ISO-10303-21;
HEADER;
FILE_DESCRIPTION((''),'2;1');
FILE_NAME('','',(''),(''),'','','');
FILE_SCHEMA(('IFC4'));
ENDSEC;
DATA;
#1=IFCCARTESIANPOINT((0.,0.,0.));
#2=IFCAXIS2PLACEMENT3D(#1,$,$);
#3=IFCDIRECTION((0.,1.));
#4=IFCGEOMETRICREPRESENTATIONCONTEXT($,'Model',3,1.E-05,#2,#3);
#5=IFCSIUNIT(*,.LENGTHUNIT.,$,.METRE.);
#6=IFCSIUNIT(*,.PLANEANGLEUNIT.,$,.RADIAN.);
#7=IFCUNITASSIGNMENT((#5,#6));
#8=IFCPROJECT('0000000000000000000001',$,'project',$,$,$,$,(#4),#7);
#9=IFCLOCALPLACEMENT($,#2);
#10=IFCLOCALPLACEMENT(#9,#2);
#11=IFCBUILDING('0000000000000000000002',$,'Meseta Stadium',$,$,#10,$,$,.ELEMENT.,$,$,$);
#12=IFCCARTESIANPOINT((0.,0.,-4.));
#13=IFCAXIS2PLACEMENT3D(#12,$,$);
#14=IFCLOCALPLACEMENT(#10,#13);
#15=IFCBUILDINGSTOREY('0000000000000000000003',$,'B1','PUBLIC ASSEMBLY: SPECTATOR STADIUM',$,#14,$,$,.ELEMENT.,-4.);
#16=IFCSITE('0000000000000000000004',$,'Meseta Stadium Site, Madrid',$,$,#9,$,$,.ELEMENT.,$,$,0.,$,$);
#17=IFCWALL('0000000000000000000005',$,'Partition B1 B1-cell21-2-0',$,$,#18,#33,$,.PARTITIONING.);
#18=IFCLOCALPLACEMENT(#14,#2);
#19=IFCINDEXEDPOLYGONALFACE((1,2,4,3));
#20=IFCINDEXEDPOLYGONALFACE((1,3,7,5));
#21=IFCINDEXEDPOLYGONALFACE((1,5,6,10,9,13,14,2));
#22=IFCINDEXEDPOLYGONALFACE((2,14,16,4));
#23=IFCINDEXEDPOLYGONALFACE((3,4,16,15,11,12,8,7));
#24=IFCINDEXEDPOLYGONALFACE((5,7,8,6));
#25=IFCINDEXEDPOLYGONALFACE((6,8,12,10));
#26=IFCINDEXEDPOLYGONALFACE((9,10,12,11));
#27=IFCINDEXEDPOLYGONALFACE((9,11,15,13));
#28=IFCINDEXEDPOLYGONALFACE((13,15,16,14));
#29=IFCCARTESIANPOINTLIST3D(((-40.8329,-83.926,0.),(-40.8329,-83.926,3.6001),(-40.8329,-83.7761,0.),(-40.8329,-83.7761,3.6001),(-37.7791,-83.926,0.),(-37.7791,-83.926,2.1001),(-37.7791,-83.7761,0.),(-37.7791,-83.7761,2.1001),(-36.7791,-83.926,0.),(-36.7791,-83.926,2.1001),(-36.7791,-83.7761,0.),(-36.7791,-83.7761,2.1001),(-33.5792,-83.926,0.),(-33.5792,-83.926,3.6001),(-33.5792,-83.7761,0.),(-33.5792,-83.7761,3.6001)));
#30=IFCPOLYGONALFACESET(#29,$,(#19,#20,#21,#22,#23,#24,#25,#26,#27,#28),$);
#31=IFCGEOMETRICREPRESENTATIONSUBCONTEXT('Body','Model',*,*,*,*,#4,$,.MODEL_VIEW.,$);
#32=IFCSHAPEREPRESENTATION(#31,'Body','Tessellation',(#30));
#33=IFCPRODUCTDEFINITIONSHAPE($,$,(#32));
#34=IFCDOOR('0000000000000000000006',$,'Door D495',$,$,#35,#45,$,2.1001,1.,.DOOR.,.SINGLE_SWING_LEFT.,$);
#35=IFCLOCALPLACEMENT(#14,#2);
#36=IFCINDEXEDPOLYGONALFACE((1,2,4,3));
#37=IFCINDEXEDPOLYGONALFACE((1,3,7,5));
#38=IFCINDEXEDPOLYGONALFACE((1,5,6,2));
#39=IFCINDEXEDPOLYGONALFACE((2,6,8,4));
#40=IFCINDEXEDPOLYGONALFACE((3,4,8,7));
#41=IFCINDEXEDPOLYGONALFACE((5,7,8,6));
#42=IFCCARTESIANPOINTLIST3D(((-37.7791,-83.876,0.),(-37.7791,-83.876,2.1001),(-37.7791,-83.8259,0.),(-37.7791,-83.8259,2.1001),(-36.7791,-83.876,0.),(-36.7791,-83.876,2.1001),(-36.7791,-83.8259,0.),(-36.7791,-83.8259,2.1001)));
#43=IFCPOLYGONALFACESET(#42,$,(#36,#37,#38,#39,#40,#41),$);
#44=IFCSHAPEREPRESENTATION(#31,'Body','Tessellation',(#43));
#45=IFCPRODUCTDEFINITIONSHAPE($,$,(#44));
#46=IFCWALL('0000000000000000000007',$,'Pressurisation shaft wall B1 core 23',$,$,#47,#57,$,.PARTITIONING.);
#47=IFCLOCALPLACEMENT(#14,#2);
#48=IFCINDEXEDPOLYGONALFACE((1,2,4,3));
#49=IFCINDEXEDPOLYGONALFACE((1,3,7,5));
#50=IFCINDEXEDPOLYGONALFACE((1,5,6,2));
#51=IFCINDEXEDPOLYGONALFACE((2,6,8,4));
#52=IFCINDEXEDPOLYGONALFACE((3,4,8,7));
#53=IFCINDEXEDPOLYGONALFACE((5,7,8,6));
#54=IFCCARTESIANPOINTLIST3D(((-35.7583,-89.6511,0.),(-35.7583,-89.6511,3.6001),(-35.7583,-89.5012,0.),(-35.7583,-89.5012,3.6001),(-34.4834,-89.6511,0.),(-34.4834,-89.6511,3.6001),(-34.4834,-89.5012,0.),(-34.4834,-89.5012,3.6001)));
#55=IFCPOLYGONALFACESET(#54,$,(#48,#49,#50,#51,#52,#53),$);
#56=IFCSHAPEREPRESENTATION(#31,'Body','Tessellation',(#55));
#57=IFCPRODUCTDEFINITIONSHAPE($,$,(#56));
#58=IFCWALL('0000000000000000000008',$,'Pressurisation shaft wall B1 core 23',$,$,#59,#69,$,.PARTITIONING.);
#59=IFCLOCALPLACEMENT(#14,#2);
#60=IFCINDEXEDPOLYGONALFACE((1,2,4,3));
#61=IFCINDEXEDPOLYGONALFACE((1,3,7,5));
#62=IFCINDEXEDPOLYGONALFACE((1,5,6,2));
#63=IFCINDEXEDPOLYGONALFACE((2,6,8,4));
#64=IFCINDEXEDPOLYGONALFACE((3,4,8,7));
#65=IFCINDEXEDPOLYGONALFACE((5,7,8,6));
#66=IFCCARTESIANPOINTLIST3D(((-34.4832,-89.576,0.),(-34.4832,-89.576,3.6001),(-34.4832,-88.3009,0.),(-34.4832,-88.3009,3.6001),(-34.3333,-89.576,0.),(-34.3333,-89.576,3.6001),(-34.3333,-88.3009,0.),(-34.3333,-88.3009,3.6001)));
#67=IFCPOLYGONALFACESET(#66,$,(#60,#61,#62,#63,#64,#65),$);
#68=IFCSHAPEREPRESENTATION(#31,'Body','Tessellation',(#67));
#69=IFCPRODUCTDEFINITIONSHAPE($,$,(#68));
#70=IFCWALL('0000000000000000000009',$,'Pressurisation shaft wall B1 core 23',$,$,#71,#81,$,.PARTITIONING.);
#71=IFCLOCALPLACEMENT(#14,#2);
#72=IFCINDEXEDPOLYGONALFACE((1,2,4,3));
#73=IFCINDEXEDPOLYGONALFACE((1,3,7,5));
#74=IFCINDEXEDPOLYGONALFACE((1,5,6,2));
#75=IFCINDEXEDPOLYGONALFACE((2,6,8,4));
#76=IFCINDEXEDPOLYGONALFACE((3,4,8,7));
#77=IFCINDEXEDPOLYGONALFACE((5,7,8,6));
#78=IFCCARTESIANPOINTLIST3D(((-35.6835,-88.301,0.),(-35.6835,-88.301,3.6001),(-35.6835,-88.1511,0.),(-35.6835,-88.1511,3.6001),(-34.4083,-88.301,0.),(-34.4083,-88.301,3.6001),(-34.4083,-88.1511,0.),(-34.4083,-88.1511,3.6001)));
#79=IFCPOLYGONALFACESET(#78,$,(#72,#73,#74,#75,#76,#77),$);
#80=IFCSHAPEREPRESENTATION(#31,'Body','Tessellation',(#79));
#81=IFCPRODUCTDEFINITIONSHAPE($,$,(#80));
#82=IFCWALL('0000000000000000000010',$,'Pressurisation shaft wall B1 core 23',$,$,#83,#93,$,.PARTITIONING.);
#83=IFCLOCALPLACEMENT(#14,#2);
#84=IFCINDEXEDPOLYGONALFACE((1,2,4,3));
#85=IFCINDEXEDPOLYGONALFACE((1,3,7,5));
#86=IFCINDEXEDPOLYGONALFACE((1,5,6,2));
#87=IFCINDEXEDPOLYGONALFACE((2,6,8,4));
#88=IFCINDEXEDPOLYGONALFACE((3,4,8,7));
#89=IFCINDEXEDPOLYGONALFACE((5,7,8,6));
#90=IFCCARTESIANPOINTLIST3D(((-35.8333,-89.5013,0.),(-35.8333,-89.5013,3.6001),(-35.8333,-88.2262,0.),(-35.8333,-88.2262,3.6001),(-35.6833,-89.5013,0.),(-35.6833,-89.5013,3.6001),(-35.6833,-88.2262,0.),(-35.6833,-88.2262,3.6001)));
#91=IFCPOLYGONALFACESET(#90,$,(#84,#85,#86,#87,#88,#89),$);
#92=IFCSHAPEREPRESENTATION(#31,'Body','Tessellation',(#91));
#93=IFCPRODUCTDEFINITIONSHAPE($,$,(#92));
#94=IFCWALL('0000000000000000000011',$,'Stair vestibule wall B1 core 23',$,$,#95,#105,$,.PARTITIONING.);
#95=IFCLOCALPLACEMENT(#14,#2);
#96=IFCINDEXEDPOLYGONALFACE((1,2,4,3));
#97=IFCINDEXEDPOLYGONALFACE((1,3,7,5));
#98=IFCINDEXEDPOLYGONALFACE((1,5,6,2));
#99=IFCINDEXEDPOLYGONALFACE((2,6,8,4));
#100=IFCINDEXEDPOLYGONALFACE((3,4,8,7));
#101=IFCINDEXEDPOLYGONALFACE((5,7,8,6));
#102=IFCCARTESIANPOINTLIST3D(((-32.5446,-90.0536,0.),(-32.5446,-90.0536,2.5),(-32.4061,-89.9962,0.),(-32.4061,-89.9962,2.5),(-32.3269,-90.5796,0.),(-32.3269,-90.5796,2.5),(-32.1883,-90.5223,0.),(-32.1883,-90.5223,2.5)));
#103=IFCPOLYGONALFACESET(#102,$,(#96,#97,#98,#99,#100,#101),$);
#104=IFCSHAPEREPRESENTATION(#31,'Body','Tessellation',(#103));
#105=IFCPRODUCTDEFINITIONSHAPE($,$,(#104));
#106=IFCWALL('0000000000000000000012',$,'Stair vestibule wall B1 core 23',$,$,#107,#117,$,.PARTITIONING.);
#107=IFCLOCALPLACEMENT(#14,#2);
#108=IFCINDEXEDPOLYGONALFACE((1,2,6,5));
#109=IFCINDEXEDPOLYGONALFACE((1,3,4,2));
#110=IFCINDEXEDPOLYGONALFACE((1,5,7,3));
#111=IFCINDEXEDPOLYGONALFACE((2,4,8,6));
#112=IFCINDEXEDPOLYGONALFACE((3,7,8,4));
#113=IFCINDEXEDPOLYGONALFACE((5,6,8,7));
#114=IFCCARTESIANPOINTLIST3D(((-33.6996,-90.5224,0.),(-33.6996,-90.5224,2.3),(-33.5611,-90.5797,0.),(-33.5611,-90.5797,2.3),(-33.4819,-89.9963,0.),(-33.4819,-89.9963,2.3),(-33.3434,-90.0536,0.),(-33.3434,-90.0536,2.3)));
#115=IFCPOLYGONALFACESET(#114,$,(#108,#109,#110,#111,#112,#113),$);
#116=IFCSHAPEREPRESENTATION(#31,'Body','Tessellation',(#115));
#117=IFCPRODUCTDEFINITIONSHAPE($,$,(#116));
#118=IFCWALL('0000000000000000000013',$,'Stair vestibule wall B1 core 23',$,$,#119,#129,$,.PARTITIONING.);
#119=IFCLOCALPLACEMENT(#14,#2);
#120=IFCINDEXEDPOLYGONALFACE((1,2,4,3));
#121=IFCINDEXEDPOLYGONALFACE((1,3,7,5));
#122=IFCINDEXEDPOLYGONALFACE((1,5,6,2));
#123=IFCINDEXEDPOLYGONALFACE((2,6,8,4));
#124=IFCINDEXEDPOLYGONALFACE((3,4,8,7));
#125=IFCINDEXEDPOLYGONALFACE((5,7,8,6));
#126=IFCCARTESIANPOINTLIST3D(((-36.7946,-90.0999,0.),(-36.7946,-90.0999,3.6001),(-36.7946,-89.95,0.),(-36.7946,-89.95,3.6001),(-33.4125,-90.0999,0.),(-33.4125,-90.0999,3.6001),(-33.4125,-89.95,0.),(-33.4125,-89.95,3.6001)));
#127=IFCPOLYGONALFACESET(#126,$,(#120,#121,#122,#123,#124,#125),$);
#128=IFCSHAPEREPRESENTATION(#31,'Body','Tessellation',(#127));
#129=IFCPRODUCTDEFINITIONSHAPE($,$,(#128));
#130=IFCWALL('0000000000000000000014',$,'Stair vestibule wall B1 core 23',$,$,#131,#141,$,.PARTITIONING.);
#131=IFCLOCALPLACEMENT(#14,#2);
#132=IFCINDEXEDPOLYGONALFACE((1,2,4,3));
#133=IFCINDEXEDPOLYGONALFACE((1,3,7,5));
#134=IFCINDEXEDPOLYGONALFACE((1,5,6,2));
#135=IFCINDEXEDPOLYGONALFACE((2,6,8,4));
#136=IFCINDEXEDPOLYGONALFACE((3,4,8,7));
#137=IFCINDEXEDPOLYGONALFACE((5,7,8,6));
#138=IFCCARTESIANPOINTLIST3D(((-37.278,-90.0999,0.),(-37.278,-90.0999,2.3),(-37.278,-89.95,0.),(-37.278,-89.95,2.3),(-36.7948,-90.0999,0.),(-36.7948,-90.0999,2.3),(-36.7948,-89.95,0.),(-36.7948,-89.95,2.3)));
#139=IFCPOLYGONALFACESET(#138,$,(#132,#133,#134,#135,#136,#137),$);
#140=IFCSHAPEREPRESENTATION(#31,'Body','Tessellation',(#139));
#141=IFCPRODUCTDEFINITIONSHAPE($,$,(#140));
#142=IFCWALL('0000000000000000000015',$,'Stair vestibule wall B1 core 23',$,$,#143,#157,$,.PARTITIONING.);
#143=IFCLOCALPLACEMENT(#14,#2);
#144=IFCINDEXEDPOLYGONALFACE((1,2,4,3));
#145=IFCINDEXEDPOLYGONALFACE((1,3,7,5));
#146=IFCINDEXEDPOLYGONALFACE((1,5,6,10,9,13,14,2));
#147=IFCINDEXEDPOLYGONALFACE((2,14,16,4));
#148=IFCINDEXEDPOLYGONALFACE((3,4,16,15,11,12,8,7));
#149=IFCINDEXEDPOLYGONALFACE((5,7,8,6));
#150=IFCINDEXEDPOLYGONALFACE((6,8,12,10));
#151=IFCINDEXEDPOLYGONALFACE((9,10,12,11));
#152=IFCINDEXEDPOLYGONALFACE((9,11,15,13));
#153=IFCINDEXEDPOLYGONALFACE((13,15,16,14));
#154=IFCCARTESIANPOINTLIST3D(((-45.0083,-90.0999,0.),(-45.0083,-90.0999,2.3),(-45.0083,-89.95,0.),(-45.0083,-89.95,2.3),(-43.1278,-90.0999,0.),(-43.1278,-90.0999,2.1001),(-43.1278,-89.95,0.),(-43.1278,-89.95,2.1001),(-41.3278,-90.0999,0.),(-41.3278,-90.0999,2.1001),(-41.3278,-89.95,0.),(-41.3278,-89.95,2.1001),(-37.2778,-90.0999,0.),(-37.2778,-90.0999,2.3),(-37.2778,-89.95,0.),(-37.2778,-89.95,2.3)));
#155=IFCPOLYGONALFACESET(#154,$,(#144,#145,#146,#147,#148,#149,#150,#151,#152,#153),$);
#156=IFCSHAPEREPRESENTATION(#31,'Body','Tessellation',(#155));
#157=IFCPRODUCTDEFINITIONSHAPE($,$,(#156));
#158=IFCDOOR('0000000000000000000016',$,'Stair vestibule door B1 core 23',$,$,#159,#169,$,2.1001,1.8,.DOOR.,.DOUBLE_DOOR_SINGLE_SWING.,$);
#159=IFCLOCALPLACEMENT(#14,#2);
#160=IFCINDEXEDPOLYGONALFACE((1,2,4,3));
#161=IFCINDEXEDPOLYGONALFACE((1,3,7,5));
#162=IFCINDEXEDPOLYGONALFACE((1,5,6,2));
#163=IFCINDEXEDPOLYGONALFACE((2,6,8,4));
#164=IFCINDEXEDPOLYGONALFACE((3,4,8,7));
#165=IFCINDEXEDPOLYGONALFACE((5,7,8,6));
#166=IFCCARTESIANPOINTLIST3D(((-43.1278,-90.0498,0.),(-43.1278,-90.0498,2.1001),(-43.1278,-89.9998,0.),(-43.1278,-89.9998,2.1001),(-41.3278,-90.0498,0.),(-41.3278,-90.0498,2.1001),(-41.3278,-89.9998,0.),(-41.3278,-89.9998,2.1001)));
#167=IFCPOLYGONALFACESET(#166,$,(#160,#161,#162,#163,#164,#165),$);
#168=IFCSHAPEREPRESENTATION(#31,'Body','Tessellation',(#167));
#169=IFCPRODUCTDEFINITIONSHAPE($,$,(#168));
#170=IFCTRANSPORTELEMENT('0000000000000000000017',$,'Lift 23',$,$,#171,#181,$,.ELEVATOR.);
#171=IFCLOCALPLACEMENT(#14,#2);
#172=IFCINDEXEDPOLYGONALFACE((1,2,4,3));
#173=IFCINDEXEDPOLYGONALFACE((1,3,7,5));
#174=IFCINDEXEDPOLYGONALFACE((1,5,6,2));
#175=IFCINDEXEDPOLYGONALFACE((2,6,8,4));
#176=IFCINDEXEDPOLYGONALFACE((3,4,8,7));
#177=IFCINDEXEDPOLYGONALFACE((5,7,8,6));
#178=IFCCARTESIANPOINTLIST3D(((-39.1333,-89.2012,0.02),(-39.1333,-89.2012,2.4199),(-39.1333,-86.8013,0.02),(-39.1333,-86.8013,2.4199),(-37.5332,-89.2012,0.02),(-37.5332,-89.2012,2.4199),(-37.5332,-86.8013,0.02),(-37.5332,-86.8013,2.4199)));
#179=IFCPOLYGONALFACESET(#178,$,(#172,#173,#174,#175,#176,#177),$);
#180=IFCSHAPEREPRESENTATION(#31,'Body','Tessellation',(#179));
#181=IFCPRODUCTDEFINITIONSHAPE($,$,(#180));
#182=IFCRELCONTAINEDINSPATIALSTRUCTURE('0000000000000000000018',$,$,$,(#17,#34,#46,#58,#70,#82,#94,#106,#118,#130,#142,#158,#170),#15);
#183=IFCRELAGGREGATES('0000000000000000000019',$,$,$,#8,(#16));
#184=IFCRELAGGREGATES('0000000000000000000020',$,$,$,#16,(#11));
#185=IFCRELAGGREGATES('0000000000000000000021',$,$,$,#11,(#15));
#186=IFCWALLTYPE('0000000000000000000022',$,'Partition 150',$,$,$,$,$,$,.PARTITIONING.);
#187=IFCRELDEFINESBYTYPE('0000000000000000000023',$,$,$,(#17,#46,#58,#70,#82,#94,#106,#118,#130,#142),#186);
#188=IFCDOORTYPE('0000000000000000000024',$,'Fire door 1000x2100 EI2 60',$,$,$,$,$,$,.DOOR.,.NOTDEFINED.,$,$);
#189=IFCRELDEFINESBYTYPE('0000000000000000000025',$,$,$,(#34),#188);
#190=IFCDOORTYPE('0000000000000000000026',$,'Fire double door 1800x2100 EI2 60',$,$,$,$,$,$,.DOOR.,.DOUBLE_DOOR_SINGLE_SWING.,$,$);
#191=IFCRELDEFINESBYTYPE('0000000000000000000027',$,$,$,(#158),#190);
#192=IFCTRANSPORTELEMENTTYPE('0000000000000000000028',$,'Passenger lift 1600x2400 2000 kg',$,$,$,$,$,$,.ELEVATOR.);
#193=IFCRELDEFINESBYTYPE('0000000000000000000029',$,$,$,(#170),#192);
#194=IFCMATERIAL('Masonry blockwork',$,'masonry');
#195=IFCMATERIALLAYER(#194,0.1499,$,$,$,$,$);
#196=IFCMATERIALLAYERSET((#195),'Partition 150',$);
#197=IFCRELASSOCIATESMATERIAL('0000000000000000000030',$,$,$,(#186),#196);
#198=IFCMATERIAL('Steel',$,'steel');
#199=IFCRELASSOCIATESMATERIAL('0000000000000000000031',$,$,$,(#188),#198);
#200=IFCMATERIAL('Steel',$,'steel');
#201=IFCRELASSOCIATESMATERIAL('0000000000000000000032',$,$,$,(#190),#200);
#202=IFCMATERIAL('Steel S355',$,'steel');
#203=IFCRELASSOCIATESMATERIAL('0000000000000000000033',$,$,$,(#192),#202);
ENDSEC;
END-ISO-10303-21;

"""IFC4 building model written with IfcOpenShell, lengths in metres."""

from ifc_helpers import new_model, si_unit, direction, frame, frame_2d, origin, origin_2d, place, context, subcontext, project, spatial, rectangle, extrude, material, layer, layer_set, type_object, element, fill, save


model = new_model("IFC4")

# Units and contexts
model_context = context("Model", 3, precision=1e-05, world=origin(), true_north=direction((0.0, 1.0)))
body_context = subcontext(model_context, "Body", "Model", "MODEL_VIEW")
ifc_project = project(units=[si_unit("LENGTHUNIT", "METRE"), si_unit("PLANEANGLEUNIT", "RADIAN")], contexts=[model_context])

# Site, building, storey
site_placement = place(None, origin())
site = spatial("IfcSite", under=ifc_project, at=site_placement, Name="Meseta Stadium Site, Madrid", CompositionType="ELEMENT", RefElevation=0.0)
building_placement = place(site_placement, origin())
building = spatial("IfcBuilding", under=site, at=building_placement, Name="Meseta Stadium", CompositionType="ELEMENT")
storey_placement = place(building_placement, frame((0.0, 0.0, -4.0)))
storey = spatial("IfcBuildingStorey", under=building, at=storey_placement, Name="B1", Description="PUBLIC ASSEMBLY: SPECTATOR STADIUM", CompositionType="ELEMENT", Elevation=-4.0)

# Shared definitions
ifc_material_1 = material(Name="Masonry blockwork", Category="masonry")
ifc_layer_1 = layer(ifc_material_1, 0.1499)
ifc_layer_set_1 = layer_set([ifc_layer_1], Name="Partition 150")
wall_type_1 = type_object("IfcWallType", Name="Partition 150", PredefinedType="PARTITIONING", material=ifc_layer_set_1)

# Wall, opening, door
wall_1_placement = place(storey_placement, frame((-33.5791, -83.8511, 0.0), z_axis=(0.0, 0.0, 1.0), x_axis=(-1.0, 0.0, 0.0)))
wall_1 = element("IfcWall", 1, at=wall_1_placement, inside=storey, type_object=wall_type_1, Name="Partition B1 B1-cell21-2-0", PredefinedType="PARTITIONING", context=body_context, shape_type="SweptSolid", body=[
    extrude(rectangle(XDim=7.2537, YDim=0.1499, at=frame_2d((3.627, 0.0))), origin(), (0.0, 0.0, 1.0), 3.6001),
])
opening_1_placement = place(wall_1_placement, frame((3.2, 0.0, 0.0)))
opening_1 = element("IfcOpeningElement", 2, at=opening_1_placement, cuts=wall_1, PredefinedType="OPENING", context=body_context, shape_type="SweptSolid", body=[
    extrude(rectangle(XDim=1.0, YDim=2.1001, at=frame_2d((0.5, 1.05))), frame((0.0, 0.085, 0.0), z_axis=(0.0, -1.0, 0.0), x_axis=(1.0, 0.0, 0.0)), (0.0, 0.0, 1.0), 0.1699),
])
ifc_material_2 = material(Name="Steel", Category="steel")
door_type_1 = type_object("IfcDoorType", Name="Fire door 1000x2100 EI2 60", OperationType="NOTDEFINED", PredefinedType="DOOR", material=ifc_material_2)
door_1_placement = place(opening_1_placement, origin())
door_1 = element("IfcDoor", 3, at=door_1_placement, inside=storey, type_object=door_type_1, Name="Door D495", OperationType="SINGLE_SWING_LEFT", OverallHeight=2.1001, OverallWidth=1.0, PredefinedType="DOOR", context=body_context, shape_type="SweptSolid", body=[
    extrude(rectangle(XDim=1.0, YDim=2.1001, at=frame_2d((0.5, 1.05))), frame((0.0, 0.0249, 0.0), z_axis=(0.0, -1.0, 0.0), x_axis=(1.0, 0.0, 0.0)), (0.0, 0.0, 1.0), 0.05),
])
fill(opening_1, door_1)

# Walls
wall_2_placement = place(storey_placement, frame((-35.7583, -89.5762, 0.0), z_axis=(0.0, 0.0, 1.0), x_axis=(1.0, 0.0, 0.0)))
element("IfcWall", 4, at=wall_2_placement, inside=storey, type_object=wall_type_1, Name="Pressurisation shaft wall B1 core 23", PredefinedType="PARTITIONING", context=body_context, shape_type="SweptSolid", body=[
    extrude(rectangle(XDim=1.2749, YDim=0.1499, at=frame_2d((0.6375, 0.0))), origin(), (0.0, 0.0, 1.0), 3.6001),
])
for number, where, z_axis, x_axis, name in (
    (5, (-34.4082, -89.5762, 0.0), (0.0, 0.0, 1.0), (0.0, 1.0, 0.0), "Pressurisation shaft wall B1 core 23"),
    (6, (-34.4082, -88.2261, 0.0), (0.0, 0.0, 1.0), (-1.0, 0.0, 0.0), "Pressurisation shaft wall B1 core 23"),
    (7, (-35.7583, -88.2261, 0.0), (0.0, 0.0, 1.0), (0.0, -1.0, 0.0), "Pressurisation shaft wall B1 core 23"),
):
    element("IfcWall", number, at=place(storey_placement, frame(where, z_axis=z_axis, x_axis=x_axis)), inside=storey, type_object=wall_type_1, Name=name, PredefinedType="PARTITIONING", context=body_context, shape_type="SweptSolid", body=[
        extrude(rectangle(XDim=1.2751, YDim=0.1499, at=frame_2d((0.6377, 0.0))), origin(), (0.0, 0.0, 1.0), 3.6001),
    ])
wall_3_placement = place(storey_placement, frame((-32.4753, -90.0249, 0.0), z_axis=(0.0, 0.0, 1.0), x_axis=(0.382453, -0.923975, 0.0)))
element("IfcWall", 8, at=wall_3_placement, inside=storey, type_object=wall_type_1, Name="Stair vestibule wall B1 core 23", PredefinedType="PARTITIONING", context=body_context, shape_type="SweptSolid", body=[
    extrude(rectangle(XDim=0.5693, YDim=0.1499, at=frame_2d((0.2847, 0.0))), origin(), (0.0, 0.0, 1.0), 2.5),
])
wall_4_placement = place(storey_placement, frame((-33.6304, -90.551, 0.0), z_axis=(0.0, 0.0, 1.0), x_axis=(0.382453, 0.923975, 0.0)))
element("IfcWall", 9, at=wall_4_placement, inside=storey, type_object=wall_type_1, Name="Stair vestibule wall B1 core 23", PredefinedType="PARTITIONING", context=body_context, shape_type="SweptSolid", body=[
    extrude(rectangle(XDim=0.5693, YDim=0.1499, at=frame_2d((0.2847, 0.0))), origin(), (0.0, 0.0, 1.0), 2.3),
])
wall_5_placement = place(storey_placement, frame((-33.4126, -90.0249, 0.0), z_axis=(0.0, 0.0, 1.0), x_axis=(-1.0, 0.0, 0.0)))
element("IfcWall", 10, at=wall_5_placement, inside=storey, type_object=wall_type_1, Name="Stair vestibule wall B1 core 23", PredefinedType="PARTITIONING", context=body_context, shape_type="SweptSolid", body=[
    extrude(rectangle(XDim=3.3821, YDim=0.1499, at=frame_2d((1.6909, 0.0))), origin(), (0.0, 0.0, 1.0), 3.6001),
])
wall_6_placement = place(storey_placement, frame((-36.7947, -90.0249, 0.0), z_axis=(0.0, 0.0, 1.0), x_axis=(-1.0, 0.0, 0.0)))
element("IfcWall", 11, at=wall_6_placement, inside=storey, type_object=wall_type_1, Name="Stair vestibule wall B1 core 23", PredefinedType="PARTITIONING", context=body_context, shape_type="SweptSolid", body=[
    extrude(rectangle(XDim=0.4832, YDim=0.1499, at=frame_2d((0.2417, 0.0))), origin(), (0.0, 0.0, 1.0), 2.3),
])

# Wall, opening, door
wall_7_placement = place(storey_placement, frame((-37.2778, -90.0249, 0.0), z_axis=(0.0, 0.0, 1.0), x_axis=(-1.0, 0.0, 0.0)))
wall_7 = element("IfcWall", 12, at=wall_7_placement, inside=storey, type_object=wall_type_1, Name="Stair vestibule wall B1 core 23", PredefinedType="PARTITIONING", context=body_context, shape_type="SweptSolid", body=[
    extrude(rectangle(XDim=7.7305, YDim=0.1499, at=frame_2d((3.8652, 0.0))), origin(), (0.0, 0.0, 1.0), 2.3),
])
opening_2_placement = place(wall_7_placement, frame((4.05, 0.0, 0.0)))
opening_2 = element("IfcOpeningElement", 13, at=opening_2_placement, cuts=wall_7, PredefinedType="OPENING", context=body_context, shape_type="SweptSolid", body=[
    extrude(rectangle(XDim=1.8, YDim=2.1001, at=frame_2d((0.8999, 1.05))), frame((0.0, 0.085, 0.0), z_axis=(0.0, -1.0, 0.0), x_axis=(1.0, 0.0, 0.0)), (0.0, 0.0, 1.0), 0.1699),
])
ifc_material_3 = material(Name="Steel", Category="steel")
door_type_2 = type_object("IfcDoorType", Name="Fire double door 1800x2100 EI2 60", OperationType="DOUBLE_DOOR_SINGLE_SWING", PredefinedType="DOOR", material=ifc_material_3)
door_2_placement = place(opening_2_placement, origin())
door_2 = element("IfcDoor", 14, at=door_2_placement, inside=storey, type_object=door_type_2, Name="Stair vestibule door B1 core 23", OperationType="DOUBLE_DOOR_SINGLE_SWING", OverallHeight=2.1001, OverallWidth=1.8, PredefinedType="DOOR", context=body_context, shape_type="SweptSolid", body=[
    extrude(rectangle(XDim=1.8, YDim=2.1001, at=frame_2d((0.8999, 1.05))), frame((0.0, 0.0249, 0.0), z_axis=(0.0, -1.0, 0.0), x_axis=(1.0, 0.0, 0.0)), (0.0, 0.0, 1.0), 0.05),
])
fill(opening_2, door_2)

# Transport element
ifc_material_4 = material(Name="Steel S355", Category="steel")
transport_element_type = type_object("IfcTransportElementType", Name="Passenger lift 1600x2400 2000 kg", PredefinedType="ELEVATOR", material=ifc_material_4)
transport_element_placement = place(storey_placement, frame((-38.3333, -88.0012, 0.02), z_axis=(0.0, 0.0, 1.0), x_axis=(0.0, 1.0, 0.0)))
element("IfcTransportElement", 15, at=transport_element_placement, inside=storey, type_object=transport_element_type, Name="Lift 23", PredefinedType="ELEVATOR", context=body_context, shape_type="SweptSolid", body=[
    extrude(rectangle(XDim=2.3999, YDim=1.6001, at=origin_2d()), origin(), (0.0, 0.0, 1.0), 2.3999),
])

save(model, "model.ifc")
